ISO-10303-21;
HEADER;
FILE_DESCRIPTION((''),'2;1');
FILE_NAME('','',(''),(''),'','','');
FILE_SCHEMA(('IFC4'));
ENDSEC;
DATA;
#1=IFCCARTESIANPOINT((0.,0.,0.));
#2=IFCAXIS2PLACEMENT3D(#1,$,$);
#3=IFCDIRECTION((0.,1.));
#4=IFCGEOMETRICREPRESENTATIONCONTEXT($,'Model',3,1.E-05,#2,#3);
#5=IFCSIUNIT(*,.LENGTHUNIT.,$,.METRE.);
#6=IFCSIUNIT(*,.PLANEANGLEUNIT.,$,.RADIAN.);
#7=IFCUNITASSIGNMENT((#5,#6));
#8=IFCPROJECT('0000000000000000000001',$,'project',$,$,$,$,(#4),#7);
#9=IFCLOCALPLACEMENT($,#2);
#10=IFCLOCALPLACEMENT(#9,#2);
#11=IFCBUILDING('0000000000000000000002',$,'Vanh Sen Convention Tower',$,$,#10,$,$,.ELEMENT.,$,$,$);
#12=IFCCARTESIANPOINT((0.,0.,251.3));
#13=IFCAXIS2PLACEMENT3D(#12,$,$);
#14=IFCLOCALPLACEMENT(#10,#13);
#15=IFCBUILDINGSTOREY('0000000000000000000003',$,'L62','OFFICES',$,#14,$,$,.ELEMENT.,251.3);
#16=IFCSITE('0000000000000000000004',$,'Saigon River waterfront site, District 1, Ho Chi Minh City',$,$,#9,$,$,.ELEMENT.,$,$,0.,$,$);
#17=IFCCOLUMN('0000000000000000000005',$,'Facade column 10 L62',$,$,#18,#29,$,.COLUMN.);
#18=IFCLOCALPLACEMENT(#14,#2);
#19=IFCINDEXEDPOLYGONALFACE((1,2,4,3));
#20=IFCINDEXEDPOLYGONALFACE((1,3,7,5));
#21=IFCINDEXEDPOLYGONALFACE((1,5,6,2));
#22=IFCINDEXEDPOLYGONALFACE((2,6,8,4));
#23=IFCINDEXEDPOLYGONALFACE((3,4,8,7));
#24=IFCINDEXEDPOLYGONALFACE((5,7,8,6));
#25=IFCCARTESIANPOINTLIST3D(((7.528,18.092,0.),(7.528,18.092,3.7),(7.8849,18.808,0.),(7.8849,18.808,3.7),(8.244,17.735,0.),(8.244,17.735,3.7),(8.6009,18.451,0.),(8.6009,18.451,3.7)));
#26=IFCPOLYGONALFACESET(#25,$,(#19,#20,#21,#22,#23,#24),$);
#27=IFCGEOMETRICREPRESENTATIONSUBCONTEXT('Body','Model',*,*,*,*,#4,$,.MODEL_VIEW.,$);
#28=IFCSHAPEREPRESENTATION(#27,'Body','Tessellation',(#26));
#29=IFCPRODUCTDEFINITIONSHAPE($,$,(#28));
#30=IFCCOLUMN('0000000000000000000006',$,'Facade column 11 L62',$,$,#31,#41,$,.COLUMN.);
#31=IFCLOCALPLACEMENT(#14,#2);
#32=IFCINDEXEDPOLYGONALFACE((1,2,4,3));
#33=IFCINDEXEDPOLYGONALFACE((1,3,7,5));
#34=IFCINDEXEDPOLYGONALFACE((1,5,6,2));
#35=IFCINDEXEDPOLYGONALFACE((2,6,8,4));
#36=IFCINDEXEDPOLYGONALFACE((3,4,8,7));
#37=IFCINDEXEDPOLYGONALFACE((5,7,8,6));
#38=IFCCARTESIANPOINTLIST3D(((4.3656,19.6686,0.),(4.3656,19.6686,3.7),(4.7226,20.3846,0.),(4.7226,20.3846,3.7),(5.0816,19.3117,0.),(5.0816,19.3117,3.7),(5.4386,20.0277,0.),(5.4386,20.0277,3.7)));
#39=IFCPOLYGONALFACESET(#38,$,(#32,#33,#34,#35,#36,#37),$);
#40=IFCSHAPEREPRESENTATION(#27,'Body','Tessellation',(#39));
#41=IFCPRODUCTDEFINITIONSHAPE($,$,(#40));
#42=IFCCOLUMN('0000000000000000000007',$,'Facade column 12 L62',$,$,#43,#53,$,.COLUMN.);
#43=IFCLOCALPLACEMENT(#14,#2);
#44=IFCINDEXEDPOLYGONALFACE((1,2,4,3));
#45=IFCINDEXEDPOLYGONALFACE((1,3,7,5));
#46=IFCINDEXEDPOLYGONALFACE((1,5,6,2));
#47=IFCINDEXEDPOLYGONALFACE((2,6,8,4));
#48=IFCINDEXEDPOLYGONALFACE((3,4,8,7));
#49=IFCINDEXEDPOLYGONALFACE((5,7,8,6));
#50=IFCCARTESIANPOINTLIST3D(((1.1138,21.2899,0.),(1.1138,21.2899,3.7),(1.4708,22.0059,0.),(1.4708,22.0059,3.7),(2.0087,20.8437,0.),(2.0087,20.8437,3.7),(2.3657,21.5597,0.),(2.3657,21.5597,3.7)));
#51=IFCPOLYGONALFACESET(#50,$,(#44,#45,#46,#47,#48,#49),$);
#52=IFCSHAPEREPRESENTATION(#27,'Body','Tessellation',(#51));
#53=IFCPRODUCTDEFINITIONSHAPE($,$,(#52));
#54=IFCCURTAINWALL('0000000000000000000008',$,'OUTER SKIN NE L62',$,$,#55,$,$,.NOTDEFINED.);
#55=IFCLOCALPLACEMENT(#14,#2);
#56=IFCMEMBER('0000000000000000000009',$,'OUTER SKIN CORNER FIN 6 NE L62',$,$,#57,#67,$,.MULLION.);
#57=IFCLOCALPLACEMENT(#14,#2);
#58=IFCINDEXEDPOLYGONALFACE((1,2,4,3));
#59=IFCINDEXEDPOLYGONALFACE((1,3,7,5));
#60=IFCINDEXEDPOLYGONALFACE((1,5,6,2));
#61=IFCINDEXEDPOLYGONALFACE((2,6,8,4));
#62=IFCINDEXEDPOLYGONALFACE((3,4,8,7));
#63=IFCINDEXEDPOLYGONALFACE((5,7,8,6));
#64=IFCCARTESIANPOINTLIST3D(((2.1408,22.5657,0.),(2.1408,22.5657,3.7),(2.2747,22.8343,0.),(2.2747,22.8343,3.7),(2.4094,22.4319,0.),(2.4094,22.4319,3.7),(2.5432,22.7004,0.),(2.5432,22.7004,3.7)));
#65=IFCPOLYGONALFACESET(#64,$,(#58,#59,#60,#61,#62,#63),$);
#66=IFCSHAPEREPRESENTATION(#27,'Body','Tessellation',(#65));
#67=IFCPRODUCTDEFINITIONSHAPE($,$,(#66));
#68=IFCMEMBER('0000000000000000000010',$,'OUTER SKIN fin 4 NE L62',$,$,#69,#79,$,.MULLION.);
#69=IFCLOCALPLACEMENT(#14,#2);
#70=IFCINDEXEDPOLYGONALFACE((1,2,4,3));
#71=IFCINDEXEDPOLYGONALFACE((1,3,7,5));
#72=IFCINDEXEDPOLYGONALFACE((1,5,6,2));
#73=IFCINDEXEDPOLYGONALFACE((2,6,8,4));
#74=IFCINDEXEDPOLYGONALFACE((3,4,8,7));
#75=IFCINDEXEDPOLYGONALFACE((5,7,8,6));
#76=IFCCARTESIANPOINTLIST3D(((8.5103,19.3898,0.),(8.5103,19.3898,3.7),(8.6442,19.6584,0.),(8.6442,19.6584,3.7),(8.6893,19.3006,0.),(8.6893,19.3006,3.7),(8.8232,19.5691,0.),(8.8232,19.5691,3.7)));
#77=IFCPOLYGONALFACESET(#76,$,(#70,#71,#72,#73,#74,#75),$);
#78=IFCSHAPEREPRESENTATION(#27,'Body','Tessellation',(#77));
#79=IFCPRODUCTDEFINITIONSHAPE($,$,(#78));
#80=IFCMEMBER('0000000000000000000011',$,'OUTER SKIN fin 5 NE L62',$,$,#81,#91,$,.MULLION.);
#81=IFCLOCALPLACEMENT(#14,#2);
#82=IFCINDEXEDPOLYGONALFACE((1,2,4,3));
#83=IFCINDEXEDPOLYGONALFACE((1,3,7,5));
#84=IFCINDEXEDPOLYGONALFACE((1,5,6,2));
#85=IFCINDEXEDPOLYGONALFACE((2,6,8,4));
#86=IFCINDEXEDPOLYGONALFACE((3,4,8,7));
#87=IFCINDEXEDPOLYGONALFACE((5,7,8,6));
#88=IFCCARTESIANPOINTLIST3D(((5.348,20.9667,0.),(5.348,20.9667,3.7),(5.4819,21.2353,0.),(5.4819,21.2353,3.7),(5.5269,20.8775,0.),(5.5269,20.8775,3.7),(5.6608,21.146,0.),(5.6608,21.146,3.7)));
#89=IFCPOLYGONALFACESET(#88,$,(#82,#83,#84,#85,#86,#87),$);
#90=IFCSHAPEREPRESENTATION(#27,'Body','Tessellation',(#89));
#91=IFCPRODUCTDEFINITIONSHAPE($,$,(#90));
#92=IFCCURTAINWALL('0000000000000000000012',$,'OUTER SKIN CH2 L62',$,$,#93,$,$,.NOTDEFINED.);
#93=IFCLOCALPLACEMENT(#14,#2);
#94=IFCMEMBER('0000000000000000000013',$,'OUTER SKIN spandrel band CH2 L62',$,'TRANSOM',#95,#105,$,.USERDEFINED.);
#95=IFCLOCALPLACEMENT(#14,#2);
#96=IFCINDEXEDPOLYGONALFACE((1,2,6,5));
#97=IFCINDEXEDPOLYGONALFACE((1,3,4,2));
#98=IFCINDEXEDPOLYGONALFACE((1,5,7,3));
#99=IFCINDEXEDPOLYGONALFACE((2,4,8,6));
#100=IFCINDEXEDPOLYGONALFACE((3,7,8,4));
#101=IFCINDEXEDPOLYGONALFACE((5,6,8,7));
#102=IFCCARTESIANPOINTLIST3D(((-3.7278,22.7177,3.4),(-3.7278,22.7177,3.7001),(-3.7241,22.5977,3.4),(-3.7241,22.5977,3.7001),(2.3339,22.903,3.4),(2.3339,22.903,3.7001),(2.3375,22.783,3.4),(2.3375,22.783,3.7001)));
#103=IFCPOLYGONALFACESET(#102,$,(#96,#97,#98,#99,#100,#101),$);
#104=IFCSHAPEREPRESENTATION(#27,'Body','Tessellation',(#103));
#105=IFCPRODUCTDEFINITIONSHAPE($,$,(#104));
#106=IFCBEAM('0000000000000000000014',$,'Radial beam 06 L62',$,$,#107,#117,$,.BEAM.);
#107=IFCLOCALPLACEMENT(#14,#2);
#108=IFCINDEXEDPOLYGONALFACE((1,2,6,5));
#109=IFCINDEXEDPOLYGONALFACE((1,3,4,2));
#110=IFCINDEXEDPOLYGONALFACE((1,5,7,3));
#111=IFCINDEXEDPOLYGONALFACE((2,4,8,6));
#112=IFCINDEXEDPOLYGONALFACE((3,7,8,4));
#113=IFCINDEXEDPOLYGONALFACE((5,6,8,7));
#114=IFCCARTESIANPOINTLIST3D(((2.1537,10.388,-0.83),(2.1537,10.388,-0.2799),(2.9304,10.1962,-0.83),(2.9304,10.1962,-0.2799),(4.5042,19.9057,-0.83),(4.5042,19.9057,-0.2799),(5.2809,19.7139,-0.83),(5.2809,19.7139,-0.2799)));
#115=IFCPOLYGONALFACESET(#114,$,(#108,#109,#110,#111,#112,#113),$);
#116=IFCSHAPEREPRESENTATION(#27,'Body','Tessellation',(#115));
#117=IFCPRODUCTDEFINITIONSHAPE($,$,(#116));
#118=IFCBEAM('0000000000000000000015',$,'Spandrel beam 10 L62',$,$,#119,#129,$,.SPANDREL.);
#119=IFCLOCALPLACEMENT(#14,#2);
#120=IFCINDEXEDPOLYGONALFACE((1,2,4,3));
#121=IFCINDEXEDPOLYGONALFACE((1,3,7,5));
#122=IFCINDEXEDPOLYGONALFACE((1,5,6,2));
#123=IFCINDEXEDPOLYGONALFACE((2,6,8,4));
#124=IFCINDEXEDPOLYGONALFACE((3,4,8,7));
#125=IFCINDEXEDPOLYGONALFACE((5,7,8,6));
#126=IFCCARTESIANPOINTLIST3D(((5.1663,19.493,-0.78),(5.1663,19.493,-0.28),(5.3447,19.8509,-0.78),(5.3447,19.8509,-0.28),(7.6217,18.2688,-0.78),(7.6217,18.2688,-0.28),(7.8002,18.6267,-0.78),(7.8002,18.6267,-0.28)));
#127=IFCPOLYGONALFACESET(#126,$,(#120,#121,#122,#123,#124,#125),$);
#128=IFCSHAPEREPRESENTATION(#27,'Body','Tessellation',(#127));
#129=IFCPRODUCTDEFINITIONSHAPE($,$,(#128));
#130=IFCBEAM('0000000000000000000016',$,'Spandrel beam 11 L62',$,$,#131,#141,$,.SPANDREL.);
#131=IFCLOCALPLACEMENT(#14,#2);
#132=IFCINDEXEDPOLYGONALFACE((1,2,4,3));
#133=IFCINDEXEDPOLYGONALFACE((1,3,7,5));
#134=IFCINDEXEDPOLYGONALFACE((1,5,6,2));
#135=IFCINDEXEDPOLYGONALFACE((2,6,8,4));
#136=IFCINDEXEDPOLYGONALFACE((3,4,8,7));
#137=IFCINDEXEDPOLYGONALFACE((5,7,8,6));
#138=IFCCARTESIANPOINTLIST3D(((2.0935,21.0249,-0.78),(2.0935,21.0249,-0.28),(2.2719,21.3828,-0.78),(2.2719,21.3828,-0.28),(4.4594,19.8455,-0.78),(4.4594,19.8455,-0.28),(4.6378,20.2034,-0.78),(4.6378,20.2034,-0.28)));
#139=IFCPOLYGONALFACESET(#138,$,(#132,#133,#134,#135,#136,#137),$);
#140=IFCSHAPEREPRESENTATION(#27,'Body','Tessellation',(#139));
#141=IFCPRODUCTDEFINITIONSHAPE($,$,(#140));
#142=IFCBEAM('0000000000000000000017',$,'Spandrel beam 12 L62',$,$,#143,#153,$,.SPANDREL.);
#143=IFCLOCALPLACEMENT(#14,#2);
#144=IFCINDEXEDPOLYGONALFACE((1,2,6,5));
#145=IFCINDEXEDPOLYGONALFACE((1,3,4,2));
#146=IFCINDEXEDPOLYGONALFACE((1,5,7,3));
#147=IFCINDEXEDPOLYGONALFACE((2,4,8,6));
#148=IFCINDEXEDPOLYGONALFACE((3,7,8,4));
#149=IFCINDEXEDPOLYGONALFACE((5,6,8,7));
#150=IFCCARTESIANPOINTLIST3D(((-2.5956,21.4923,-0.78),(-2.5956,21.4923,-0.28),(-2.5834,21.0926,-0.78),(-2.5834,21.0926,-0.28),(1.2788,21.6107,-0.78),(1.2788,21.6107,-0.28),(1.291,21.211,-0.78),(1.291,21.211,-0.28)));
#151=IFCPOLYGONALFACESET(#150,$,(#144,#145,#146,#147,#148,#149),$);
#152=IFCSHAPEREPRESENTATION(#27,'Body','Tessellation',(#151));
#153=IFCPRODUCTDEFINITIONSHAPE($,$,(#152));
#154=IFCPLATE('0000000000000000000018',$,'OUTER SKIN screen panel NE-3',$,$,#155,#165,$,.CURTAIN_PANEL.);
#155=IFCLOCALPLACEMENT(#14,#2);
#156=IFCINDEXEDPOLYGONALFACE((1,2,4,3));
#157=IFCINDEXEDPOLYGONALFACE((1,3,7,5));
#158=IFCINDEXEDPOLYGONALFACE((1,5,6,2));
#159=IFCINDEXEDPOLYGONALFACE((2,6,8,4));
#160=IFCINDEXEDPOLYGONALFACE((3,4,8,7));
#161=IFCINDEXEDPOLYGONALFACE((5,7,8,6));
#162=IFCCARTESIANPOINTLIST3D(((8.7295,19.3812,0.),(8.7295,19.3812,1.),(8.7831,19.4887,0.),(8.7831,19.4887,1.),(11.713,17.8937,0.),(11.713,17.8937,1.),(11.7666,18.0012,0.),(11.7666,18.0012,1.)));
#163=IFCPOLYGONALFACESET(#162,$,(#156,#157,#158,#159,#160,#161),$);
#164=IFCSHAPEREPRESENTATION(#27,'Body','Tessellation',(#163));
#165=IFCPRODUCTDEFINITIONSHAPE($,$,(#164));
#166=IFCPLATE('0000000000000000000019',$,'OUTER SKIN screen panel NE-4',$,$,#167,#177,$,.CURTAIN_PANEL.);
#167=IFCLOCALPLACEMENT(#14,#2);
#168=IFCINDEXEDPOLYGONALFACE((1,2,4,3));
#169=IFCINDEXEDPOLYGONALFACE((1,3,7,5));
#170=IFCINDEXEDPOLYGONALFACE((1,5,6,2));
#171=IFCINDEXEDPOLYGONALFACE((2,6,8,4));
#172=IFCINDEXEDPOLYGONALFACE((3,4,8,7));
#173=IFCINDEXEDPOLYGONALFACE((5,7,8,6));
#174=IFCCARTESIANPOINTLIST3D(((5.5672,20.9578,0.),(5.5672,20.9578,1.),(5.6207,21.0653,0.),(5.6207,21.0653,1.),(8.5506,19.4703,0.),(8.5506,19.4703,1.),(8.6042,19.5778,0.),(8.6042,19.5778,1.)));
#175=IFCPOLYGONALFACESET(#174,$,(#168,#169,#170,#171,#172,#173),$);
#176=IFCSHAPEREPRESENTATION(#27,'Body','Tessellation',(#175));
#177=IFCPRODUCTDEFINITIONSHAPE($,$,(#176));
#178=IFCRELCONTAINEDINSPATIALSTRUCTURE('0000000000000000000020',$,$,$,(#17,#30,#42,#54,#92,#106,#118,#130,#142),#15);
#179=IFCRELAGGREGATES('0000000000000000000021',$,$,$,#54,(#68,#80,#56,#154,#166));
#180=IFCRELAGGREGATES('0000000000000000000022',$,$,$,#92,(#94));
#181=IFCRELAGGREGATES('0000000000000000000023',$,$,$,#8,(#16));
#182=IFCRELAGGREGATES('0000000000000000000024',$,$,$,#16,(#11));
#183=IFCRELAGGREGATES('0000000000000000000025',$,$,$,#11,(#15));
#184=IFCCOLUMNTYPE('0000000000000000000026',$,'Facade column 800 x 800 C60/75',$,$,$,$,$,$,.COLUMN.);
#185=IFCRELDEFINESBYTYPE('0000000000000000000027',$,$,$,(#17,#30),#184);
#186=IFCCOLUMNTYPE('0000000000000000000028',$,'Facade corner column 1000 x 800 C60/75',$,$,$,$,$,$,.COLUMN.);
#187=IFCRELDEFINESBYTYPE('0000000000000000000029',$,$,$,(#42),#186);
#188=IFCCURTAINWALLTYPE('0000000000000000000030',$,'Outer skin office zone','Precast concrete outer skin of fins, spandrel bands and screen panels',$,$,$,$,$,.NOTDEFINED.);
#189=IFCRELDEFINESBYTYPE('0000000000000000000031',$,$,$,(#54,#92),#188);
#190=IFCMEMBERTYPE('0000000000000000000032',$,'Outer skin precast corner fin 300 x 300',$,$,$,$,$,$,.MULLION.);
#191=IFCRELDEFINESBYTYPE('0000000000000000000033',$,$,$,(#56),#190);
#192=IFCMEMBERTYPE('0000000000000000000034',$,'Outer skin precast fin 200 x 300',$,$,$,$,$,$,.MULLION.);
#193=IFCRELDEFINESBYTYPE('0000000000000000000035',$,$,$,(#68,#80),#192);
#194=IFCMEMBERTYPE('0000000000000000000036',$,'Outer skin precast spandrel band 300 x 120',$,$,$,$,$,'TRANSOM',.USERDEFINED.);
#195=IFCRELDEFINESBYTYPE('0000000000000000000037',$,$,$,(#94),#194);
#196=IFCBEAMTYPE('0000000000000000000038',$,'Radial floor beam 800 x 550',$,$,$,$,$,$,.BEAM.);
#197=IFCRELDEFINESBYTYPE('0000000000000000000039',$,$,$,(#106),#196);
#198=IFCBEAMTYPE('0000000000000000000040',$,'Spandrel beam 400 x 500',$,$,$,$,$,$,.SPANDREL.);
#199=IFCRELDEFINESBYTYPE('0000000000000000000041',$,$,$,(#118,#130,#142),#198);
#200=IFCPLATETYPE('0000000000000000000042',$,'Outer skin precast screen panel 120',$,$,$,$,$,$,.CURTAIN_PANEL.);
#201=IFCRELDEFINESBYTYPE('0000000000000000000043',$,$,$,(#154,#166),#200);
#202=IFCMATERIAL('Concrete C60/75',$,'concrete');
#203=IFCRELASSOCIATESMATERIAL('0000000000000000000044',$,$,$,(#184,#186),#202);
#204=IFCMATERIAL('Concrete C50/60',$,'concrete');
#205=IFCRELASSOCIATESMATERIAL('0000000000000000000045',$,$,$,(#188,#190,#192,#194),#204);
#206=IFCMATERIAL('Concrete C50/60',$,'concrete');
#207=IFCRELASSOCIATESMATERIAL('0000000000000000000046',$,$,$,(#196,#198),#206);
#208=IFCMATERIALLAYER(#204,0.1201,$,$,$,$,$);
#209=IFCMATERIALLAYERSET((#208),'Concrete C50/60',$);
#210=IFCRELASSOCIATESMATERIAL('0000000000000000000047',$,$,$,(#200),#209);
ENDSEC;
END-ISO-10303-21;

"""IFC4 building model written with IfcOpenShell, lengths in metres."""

from ifc_helpers import new_model, si_unit, direction, frame, origin, origin_2d, place, context, subcontext, project, spatial, rectangle, extrude, material, layer, layer_set, material_profile, profile_set, type_object, element, aggregate, save


model = new_model("IFC4")

# Units and contexts
model_context = context("Model", 3, precision=1e-05, world=origin(), true_north=direction((0.0, 1.0)))
body_context = subcontext(model_context, "Body", "Model", "MODEL_VIEW")
ifc_project = project(units=[si_unit("LENGTHUNIT", "METRE"), si_unit("PLANEANGLEUNIT", "RADIAN")], contexts=[model_context])

# Site, building, storey
site_placement = place(None, origin())
site = spatial("IfcSite", under=ifc_project, at=site_placement, Name="Saigon River waterfront site, District 1, Ho Chi Minh City", CompositionType="ELEMENT", RefElevation=0.0)
building_placement = place(site_placement, origin())
building = spatial("IfcBuilding", under=site, at=building_placement, Name="Vanh Sen Convention Tower", CompositionType="ELEMENT")
storey_placement = place(building_placement, frame((0.0, 0.0, 251.3)))
storey = spatial("IfcBuildingStorey", under=building, at=storey_placement, Name="L62", Description="OFFICES", CompositionType="ELEMENT", Elevation=251.3)

# Columns
ifc_material_1 = material(Name="Concrete C60/75", Category="concrete")
ifc_material_profile_1 = material_profile(ifc_material_1, rectangle(XDim=0.8, YDim=0.8, at=origin_2d()), Name="RC 800X800")
ifc_profile_set_1 = profile_set([ifc_material_profile_1], Name="Concrete C60/75")
column_type_1 = type_object("IfcColumnType", Name="Facade column 800 x 800 C60/75", PredefinedType="COLUMN", material=ifc_profile_set_1)
for number, where, z_axis, x_axis, name in (
    (1, (8.0645, 18.2715, 0.0), (0.0, 0.0, 1.0), (-0.894934, 0.446198, 0.0), "Facade column 10 L62"),
    (2, (4.9021, 19.8481, 0.0), (0.0, 0.0, 1.0), (-0.894934, 0.446198, 0.0), "Facade column 11 L62"),
):
    element("IfcColumn", number, at=place(storey_placement, frame(where, z_axis=z_axis, x_axis=x_axis)), inside=storey, type_object=column_type_1, Name=name, PredefinedType="COLUMN", context=body_context, shape_type="SweptSolid", body=[
        extrude(rectangle(XDim=0.8, YDim=0.8, at=origin_2d()), origin(), (0.0, 0.0, 1.0), 3.7),
    ])
ifc_material_profile_2 = material_profile(ifc_material_1, rectangle(XDim=1.0, YDim=0.8, at=origin_2d()), Name="RC 1000X800")
ifc_profile_set_2 = profile_set([ifc_material_profile_2], Name="Concrete C60/75")
column_type_2 = type_object("IfcColumnType", Name="Facade corner column 1000 x 800 C60/75", PredefinedType="COLUMN", material=ifc_profile_set_2)
column_placement = place(storey_placement, frame((1.7397, 21.4248, 0.0), z_axis=(0.0, 0.0, 1.0), x_axis=(-0.894934, 0.446198, 0.0)))
element("IfcColumn", 3, at=column_placement, inside=storey, type_object=column_type_2, Name="Facade column 12 L62", PredefinedType="COLUMN", context=body_context, shape_type="SweptSolid", body=[
    extrude(rectangle(XDim=1.0, YDim=0.8, at=origin_2d()), origin(), (0.0, 0.0, 1.0), 3.7),
])

# Curtain wall, members
ifc_material_2 = material(Name="Concrete C50/60", Category="concrete")
curtain_wall_type = type_object("IfcCurtainWallType", Name="Outer skin office zone", Description="Precast concrete outer skin of fins, spandrel bands and screen panels", PredefinedType="NOTDEFINED", material=ifc_material_2)
curtain_wall_1_placement = place(storey_placement, origin())
curtain_wall_1 = element("IfcCurtainWall", 4, at=curtain_wall_1_placement, inside=storey, type_object=curtain_wall_type, Name="OUTER SKIN NE L62", PredefinedType="NOTDEFINED")
ifc_material_profile_3 = material_profile(ifc_material_2, rectangle(XDim=0.3, YDim=0.3, at=origin_2d()), Name="Outer skin precast corner fin 300 x 300")
ifc_profile_set_3 = profile_set([ifc_material_profile_3], Name="Concrete C50/60")
member_type_1 = type_object("IfcMemberType", Name="Outer skin precast corner fin 300 x 300", PredefinedType="MULLION", material=ifc_profile_set_3)
member_1_placement = place(storey_placement, frame((2.342, 22.6331, 0.0), z_axis=(0.0, 0.0, 1.0), x_axis=(-0.894934, 0.446198, 0.0)))
member_1 = element("IfcMember", 5, at=member_1_placement, type_object=member_type_1, Name="OUTER SKIN CORNER FIN 6 NE L62", PredefinedType="MULLION", context=body_context, shape_type="SweptSolid", body=[
    extrude(rectangle(XDim=0.3, YDim=0.3, at=origin_2d()), origin(), (0.0, 0.0, 1.0), 3.7),
])
ifc_material_profile_4 = material_profile(ifc_material_2, rectangle(XDim=0.2, YDim=0.3, at=origin_2d()), Name="Outer skin precast fin 200 x 300")
ifc_profile_set_4 = profile_set([ifc_material_profile_4], Name="Concrete C50/60")
member_type_2 = type_object("IfcMemberType", Name="Outer skin precast fin 200 x 300", PredefinedType="MULLION", material=ifc_profile_set_4)
member_2_placement = place(storey_placement, frame((8.6667, 19.4795, 0.0), z_axis=(0.0, 0.0, 1.0), x_axis=(-0.894934, 0.446198, 0.0)))
member_2 = element("IfcMember", 6, at=member_2_placement, type_object=member_type_2, Name="OUTER SKIN fin 4 NE L62", PredefinedType="MULLION", context=body_context, shape_type="SweptSolid", body=[
    extrude(rectangle(XDim=0.2, YDim=0.3, at=origin_2d()), origin(), (0.0, 0.0, 1.0), 3.7),
])
member_3_placement = place(storey_placement, frame((5.5044, 21.0564, 0.0), z_axis=(0.0, 0.0, 1.0), x_axis=(-0.894934, 0.446198, 0.0)))
member_3 = element("IfcMember", 7, at=member_3_placement, type_object=member_type_2, Name="OUTER SKIN fin 5 NE L62", PredefinedType="MULLION", context=body_context, shape_type="SweptSolid", body=[
    extrude(rectangle(XDim=0.2, YDim=0.3, at=origin_2d()), origin(), (0.0, 0.0, 1.0), 3.7),
])

# Curtain wall, member
curtain_wall_2_placement = place(storey_placement, origin())
curtain_wall_2 = element("IfcCurtainWall", 8, at=curtain_wall_2_placement, inside=storey, type_object=curtain_wall_type, Name="OUTER SKIN CH2 L62", PredefinedType="NOTDEFINED")
ifc_material_profile_5 = material_profile(ifc_material_2, rectangle(XDim=0.1201, YDim=0.3, at=origin_2d()), Name="Outer skin precast spandrel band 300 x 120")
ifc_profile_set_5 = profile_set([ifc_material_profile_5], Name="Concrete C50/60")
member_type_3 = type_object("IfcMemberType", Name="Outer skin precast spandrel band 300 x 120", ElementType="TRANSOM", PredefinedType="USERDEFINED", material=ifc_profile_set_5)
member_4_placement = place(storey_placement, frame((2.3357, 22.843, 3.55), z_axis=(-0.999533, -0.030556, 0.0), x_axis=(0.030556, -0.999533, 0.0)))
member_4 = element("IfcMember", 9, at=member_4_placement, type_object=member_type_3, Name="OUTER SKIN spandrel band CH2 L62", ObjectType="TRANSOM", PredefinedType="USERDEFINED", context=body_context, shape_type="SweptSolid", body=[
    extrude(rectangle(XDim=0.1201, YDim=0.3, at=origin_2d()), origin(), (0.0, 0.0, 1.0), 6.0645),
])

# Beams
ifc_material_3 = material(Name="Concrete C50/60", Category="concrete")
ifc_material_profile_6 = material_profile(ifc_material_3, rectangle(XDim=0.8, YDim=0.55, at=origin_2d()), Name="RC 800X550")
ifc_profile_set_6 = profile_set([ifc_material_profile_6], Name="Concrete C50/60")
beam_type_1 = type_object("IfcBeamType", Name="Radial floor beam 800 x 550", PredefinedType="BEAM", material=ifc_profile_set_6)
beam_1_placement = place(storey_placement, frame((4.8926, 19.8098, -0.5549), z_axis=(-0.239763, -0.970831, 0.0), x_axis=(0.970831, -0.239763, 0.0)))
element("IfcBeam", 10, at=beam_1_placement, inside=storey, type_object=beam_type_1, Name="Radial beam 06 L62", PredefinedType="BEAM", context=body_context, shape_type="SweptSolid", body=[
    extrude(rectangle(XDim=0.8, YDim=0.55, at=origin_2d()), origin(), (0.0, 0.0, 1.0), 9.8037),
])
ifc_material_profile_7 = material_profile(ifc_material_3, rectangle(XDim=0.3999, YDim=0.5, at=origin_2d()), Name="RC 400X500")
ifc_profile_set_7 = profile_set([ifc_material_profile_7], Name="Concrete C50/60")
beam_type_2 = type_object("IfcBeamType", Name="Spandrel beam 400 x 500", PredefinedType="SPANDREL", material=ifc_profile_set_7)
beam_2_placement = place(storey_placement, frame((7.7109, 18.4478, -0.53), z_axis=(-0.894943, 0.446181, 0.0), x_axis=(-0.446181, -0.894943, 0.0)))
element("IfcBeam", 11, at=beam_2_placement, inside=storey, type_object=beam_type_2, Name="Spandrel beam 10 L62", PredefinedType="SPANDREL", context=body_context, shape_type="SweptSolid", body=[
    extrude(rectangle(XDim=0.3999, YDim=0.5, at=origin_2d()), origin(), (0.0, 0.0, 1.0), 2.7437),
])
beam_3_placement = place(storey_placement, frame((4.5486, 20.0244, -0.53), z_axis=(-0.894962, 0.446142, 0.0), x_axis=(-0.446142, -0.894962, 0.0)))
element("IfcBeam", 12, at=beam_3_placement, inside=storey, type_object=beam_type_2, Name="Spandrel beam 11 L62", PredefinedType="SPANDREL", context=body_context, shape_type="SweptSolid", body=[
    extrude(rectangle(XDim=0.3999, YDim=0.5, at=origin_2d()), origin(), (0.0, 0.0, 1.0), 2.6436),
])
beam_4_placement = place(storey_placement, frame((1.2849, 21.4109, -0.53), z_axis=(-0.999533, -0.030547, 0.0), x_axis=(0.030547, -0.999533, 0.0)))
element("IfcBeam", 13, at=beam_4_placement, inside=storey, type_object=beam_type_2, Name="Spandrel beam 12 L62", PredefinedType="SPANDREL", context=body_context, shape_type="SweptSolid", body=[
    extrude(rectangle(XDim=0.3999, YDim=0.5, at=origin_2d()), origin(), (0.0, 0.0, 1.0), 3.8762),
])

# Plates
ifc_layer_1 = layer(ifc_material_2, 0.1201)
ifc_layer_set_1 = layer_set([ifc_layer_1], Name="Concrete C50/60")
plate_type = type_object("IfcPlateType", Name="Outer skin precast screen panel 120", PredefinedType="CURTAIN_PANEL", material=ifc_layer_set_1)
plate_1_placement = place(storey_placement, frame((10.248, 18.6912, 0.0), z_axis=(0.0, 0.0, 1.0), x_axis=(-0.894936, 0.446195, 0.0)))
plate_1 = element("IfcPlate", 14, at=plate_1_placement, type_object=plate_type, Name="OUTER SKIN screen panel NE-3", PredefinedType="CURTAIN_PANEL", context=body_context, shape_type="SweptSolid", body=[
    extrude(rectangle(XDim=3.3337, YDim=0.1201, at=origin_2d()), origin(), (0.0, 0.0, 1.0), 1.0),
])
plate_2_placement = place(storey_placement, frame((7.0857, 20.2678, 0.0), z_axis=(0.0, 0.0, 1.0), x_axis=(-0.894936, 0.446195, 0.0)))
plate_2 = element("IfcPlate", 15, at=plate_2_placement, type_object=plate_type, Name="OUTER SKIN screen panel NE-4", PredefinedType="CURTAIN_PANEL", context=body_context, shape_type="SweptSolid", body=[
    extrude(rectangle(XDim=3.3337, YDim=0.1201, at=origin_2d()), origin(), (0.0, 0.0, 1.0), 1.0),
])
aggregate(curtain_wall_1, [member_2, member_3, member_1, plate_1, plate_2])
aggregate(curtain_wall_2, [member_4])

save(model, "model.ifc")
